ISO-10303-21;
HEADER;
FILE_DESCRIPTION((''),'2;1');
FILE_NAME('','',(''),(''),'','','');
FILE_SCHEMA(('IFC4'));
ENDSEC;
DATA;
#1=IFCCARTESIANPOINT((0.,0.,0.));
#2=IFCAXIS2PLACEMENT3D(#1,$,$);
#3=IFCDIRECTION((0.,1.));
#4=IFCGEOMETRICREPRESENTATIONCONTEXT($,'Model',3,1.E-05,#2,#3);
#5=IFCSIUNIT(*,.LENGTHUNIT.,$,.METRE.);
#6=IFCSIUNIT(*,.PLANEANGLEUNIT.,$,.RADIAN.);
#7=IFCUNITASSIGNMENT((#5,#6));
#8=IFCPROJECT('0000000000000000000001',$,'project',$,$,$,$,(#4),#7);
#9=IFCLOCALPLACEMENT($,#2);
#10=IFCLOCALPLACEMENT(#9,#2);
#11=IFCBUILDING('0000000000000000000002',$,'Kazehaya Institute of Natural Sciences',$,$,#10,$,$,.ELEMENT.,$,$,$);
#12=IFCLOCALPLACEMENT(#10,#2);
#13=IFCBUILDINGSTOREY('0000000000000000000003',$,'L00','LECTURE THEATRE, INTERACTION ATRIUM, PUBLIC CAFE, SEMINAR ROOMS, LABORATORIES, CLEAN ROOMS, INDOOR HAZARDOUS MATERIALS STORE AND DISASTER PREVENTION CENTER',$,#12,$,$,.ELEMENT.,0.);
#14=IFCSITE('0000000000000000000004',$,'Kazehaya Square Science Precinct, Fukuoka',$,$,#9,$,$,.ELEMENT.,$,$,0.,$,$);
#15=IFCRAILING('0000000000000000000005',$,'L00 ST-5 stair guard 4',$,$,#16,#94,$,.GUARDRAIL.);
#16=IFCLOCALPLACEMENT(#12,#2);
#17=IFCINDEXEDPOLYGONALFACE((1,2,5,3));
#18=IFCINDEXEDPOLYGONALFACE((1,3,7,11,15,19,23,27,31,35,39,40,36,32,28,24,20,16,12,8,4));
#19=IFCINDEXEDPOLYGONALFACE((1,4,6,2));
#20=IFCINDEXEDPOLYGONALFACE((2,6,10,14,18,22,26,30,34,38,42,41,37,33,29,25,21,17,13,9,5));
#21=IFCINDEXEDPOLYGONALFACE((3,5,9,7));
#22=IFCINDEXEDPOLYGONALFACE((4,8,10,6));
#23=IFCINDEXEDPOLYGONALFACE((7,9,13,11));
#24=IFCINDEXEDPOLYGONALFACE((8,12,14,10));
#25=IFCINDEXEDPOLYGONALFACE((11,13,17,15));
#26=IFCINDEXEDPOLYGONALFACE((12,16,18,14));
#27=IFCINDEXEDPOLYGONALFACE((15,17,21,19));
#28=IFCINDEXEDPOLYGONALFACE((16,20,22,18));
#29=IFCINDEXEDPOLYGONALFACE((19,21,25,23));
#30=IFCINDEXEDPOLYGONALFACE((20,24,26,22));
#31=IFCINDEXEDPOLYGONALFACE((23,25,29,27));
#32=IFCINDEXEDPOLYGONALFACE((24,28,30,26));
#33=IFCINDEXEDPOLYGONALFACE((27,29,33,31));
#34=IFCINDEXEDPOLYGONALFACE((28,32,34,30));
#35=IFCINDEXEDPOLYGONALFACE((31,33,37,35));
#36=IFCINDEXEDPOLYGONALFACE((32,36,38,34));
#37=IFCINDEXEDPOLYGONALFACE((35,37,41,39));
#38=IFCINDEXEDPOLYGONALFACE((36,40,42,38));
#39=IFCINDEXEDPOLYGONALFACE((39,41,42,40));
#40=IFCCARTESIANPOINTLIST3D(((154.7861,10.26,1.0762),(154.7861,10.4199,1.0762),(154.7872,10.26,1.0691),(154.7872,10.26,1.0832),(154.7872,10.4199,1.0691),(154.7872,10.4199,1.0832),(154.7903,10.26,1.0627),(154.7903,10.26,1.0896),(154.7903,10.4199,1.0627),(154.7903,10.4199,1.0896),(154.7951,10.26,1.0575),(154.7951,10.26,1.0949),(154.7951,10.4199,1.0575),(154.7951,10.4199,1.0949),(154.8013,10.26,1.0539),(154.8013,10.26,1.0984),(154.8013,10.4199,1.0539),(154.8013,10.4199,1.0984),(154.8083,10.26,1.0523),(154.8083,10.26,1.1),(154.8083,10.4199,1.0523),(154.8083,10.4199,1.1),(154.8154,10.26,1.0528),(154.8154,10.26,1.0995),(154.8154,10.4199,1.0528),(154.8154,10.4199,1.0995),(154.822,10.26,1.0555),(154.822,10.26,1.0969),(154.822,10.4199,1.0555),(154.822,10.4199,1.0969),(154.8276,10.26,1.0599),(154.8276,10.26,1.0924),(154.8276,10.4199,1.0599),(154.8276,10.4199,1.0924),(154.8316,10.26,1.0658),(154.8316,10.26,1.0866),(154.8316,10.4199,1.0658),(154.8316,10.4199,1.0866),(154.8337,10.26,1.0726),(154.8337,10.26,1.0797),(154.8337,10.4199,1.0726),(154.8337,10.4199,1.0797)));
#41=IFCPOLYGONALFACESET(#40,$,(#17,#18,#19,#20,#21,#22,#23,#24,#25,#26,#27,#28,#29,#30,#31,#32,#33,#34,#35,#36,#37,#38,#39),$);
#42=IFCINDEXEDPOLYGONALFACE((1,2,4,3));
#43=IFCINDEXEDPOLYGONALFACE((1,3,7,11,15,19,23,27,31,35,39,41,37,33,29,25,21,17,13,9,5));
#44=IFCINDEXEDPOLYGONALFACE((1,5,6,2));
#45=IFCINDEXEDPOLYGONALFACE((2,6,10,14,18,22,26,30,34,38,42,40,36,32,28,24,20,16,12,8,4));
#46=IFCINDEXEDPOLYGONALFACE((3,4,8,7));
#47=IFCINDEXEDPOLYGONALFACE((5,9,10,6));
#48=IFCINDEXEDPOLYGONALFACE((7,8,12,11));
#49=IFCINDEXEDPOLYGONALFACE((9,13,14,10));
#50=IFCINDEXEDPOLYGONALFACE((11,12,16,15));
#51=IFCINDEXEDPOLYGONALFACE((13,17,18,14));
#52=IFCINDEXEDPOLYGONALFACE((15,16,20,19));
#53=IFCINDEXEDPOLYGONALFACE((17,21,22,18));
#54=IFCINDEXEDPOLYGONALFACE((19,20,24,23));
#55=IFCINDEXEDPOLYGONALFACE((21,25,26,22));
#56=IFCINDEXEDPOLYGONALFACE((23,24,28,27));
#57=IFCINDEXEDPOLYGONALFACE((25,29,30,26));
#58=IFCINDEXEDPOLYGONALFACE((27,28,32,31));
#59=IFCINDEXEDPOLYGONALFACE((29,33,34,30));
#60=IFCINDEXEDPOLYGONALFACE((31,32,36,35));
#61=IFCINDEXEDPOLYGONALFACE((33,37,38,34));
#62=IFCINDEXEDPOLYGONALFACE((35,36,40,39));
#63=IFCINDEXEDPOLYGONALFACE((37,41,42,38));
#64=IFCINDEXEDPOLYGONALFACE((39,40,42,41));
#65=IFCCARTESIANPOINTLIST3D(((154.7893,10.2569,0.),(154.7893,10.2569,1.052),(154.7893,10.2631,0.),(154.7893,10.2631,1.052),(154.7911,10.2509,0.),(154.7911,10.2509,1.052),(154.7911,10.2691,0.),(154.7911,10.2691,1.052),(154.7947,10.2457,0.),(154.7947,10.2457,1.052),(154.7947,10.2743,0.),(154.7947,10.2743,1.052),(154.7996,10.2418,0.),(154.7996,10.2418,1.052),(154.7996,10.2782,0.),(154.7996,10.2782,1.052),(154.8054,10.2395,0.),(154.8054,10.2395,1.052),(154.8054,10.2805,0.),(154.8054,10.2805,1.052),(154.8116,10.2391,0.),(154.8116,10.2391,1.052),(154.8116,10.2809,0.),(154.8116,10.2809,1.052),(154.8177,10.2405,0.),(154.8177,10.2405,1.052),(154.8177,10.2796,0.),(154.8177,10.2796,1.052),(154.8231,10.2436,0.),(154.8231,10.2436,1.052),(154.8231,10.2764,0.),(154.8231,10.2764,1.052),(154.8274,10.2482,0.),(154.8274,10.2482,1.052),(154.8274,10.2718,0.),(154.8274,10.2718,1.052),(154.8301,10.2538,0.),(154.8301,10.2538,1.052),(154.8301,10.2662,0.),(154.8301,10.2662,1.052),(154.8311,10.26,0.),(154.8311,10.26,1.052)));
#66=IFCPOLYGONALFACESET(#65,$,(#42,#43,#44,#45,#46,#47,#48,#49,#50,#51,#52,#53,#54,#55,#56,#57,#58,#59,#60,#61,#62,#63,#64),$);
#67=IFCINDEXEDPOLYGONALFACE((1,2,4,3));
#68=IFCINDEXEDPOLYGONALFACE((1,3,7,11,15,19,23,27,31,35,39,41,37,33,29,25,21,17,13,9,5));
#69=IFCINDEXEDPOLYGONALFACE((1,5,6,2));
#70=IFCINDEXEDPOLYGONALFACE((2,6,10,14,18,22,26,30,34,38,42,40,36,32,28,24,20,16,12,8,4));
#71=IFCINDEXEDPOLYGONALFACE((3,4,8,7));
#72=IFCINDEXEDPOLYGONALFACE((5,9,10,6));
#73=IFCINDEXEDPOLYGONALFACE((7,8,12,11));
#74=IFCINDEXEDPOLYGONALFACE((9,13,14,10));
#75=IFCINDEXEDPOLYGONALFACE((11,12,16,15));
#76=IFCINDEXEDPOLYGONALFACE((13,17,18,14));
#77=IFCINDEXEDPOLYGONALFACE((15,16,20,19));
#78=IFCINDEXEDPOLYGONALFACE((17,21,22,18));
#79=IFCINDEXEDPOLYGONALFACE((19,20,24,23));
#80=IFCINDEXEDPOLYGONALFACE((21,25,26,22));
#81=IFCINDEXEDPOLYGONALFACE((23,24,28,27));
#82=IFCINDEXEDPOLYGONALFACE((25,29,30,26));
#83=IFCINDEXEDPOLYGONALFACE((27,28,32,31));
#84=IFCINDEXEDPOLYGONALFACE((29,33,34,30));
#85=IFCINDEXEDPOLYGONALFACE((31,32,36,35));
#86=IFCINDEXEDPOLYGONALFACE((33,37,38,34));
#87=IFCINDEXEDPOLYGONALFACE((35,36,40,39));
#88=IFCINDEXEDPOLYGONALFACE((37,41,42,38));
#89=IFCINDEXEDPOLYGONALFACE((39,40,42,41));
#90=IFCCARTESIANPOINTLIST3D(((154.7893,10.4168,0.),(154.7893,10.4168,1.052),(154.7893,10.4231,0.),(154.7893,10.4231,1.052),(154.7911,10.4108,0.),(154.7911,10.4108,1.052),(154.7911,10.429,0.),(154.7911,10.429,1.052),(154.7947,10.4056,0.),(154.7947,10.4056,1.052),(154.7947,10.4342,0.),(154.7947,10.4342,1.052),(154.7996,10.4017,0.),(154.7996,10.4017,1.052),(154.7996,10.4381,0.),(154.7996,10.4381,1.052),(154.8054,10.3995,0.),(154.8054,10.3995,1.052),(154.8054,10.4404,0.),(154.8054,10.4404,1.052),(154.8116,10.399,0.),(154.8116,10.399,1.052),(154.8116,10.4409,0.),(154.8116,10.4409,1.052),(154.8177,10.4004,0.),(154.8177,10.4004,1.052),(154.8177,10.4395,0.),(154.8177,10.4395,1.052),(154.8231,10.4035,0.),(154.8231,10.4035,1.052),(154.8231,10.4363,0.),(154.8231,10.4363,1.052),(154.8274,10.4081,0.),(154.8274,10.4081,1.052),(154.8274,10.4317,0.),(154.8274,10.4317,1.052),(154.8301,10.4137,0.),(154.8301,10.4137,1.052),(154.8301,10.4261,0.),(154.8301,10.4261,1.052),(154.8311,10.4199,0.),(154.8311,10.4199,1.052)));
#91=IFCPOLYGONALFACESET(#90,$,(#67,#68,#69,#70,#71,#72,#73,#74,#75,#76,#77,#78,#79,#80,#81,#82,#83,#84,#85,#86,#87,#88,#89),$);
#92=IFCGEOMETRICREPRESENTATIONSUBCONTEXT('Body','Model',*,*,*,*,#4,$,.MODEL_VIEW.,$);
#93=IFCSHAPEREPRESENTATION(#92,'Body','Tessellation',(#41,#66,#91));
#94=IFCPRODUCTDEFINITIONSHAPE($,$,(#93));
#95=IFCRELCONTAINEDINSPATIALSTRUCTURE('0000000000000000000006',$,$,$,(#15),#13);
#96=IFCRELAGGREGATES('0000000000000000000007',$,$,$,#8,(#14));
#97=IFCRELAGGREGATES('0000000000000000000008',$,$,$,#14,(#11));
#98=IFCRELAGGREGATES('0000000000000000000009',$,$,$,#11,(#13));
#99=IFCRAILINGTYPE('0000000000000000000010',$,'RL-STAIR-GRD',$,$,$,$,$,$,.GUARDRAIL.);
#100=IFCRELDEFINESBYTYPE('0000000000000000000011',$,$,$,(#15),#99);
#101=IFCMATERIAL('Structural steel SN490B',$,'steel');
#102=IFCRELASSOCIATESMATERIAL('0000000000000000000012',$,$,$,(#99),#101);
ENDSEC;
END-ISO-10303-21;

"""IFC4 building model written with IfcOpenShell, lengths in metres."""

from ifc_helpers import new_model, si_unit, direction, frame, origin, origin_2d, place, context, subcontext, project, spatial, circle, extrude, material, type_object, element, save


model = new_model("IFC4")

# Units and contexts
model_context = context("Model", 3, precision=1e-05, world=origin(), true_north=direction((0.0, 1.0)))
body_context = subcontext(model_context, "Body", "Model", "MODEL_VIEW")
ifc_project = project(units=[si_unit("LENGTHUNIT", "METRE"), si_unit("PLANEANGLEUNIT", "RADIAN")], contexts=[model_context])

# Site, building, storey
site_placement = place(None, origin())
site = spatial("IfcSite", under=ifc_project, at=site_placement, Name="Kazehaya Square Science Precinct, Fukuoka", CompositionType="ELEMENT", RefElevation=0.0)
building_placement = place(site_placement, origin())
building = spatial("IfcBuilding", under=site, at=building_placement, Name="Kazehaya Institute of Natural Sciences", CompositionType="ELEMENT")
storey_placement = place(building_placement, origin())
storey = spatial("IfcBuildingStorey", under=building, at=storey_placement, Name="L00", Description="LECTURE THEATRE, INTERACTION ATRIUM, PUBLIC CAFE, SEMINAR ROOMS, LABORATORIES, CLEAN ROOMS, INDOOR HAZARDOUS MATERIALS STORE AND DISASTER PREVENTION CENTER", CompositionType="ELEMENT", Elevation=0.0)

# Railing
ifc_material_1 = material(Name="Structural steel SN490B", Category="steel")
railing_type_1 = type_object("IfcRailingType", Name="RL-STAIR-GRD", PredefinedType="GUARDRAIL", material=ifc_material_1)
railing_1_placement = place(storey_placement, frame((154.8101, 10.26, 0.0)))
element("IfcRailing", 1, at=railing_1_placement, inside=storey, type_object=railing_type_1, Name="L00 ST-5 stair guard 4", PredefinedType="GUARDRAIL", context=body_context, shape_type="SweptSolid", body=[
    extrude(circle(Radius=0.0239, at=origin_2d()), frame((0.0, 0.0, 1.0762), z_axis=(0.0, 1.0, 0.0), x_axis=(-1.0, 0.0, 0.0)), (0.0, 0.0, 1.0), 0.1599),
    extrude(circle(Radius=0.021, at=origin_2d()), origin(), (0.0, 0.0, 1.0), 1.052),
    extrude(circle(Radius=0.021, at=origin_2d()), frame((0.0, 0.1599, 0.0)), (0.0, 0.0, 1.0), 1.052),
])

save(model, "model.ifc")
